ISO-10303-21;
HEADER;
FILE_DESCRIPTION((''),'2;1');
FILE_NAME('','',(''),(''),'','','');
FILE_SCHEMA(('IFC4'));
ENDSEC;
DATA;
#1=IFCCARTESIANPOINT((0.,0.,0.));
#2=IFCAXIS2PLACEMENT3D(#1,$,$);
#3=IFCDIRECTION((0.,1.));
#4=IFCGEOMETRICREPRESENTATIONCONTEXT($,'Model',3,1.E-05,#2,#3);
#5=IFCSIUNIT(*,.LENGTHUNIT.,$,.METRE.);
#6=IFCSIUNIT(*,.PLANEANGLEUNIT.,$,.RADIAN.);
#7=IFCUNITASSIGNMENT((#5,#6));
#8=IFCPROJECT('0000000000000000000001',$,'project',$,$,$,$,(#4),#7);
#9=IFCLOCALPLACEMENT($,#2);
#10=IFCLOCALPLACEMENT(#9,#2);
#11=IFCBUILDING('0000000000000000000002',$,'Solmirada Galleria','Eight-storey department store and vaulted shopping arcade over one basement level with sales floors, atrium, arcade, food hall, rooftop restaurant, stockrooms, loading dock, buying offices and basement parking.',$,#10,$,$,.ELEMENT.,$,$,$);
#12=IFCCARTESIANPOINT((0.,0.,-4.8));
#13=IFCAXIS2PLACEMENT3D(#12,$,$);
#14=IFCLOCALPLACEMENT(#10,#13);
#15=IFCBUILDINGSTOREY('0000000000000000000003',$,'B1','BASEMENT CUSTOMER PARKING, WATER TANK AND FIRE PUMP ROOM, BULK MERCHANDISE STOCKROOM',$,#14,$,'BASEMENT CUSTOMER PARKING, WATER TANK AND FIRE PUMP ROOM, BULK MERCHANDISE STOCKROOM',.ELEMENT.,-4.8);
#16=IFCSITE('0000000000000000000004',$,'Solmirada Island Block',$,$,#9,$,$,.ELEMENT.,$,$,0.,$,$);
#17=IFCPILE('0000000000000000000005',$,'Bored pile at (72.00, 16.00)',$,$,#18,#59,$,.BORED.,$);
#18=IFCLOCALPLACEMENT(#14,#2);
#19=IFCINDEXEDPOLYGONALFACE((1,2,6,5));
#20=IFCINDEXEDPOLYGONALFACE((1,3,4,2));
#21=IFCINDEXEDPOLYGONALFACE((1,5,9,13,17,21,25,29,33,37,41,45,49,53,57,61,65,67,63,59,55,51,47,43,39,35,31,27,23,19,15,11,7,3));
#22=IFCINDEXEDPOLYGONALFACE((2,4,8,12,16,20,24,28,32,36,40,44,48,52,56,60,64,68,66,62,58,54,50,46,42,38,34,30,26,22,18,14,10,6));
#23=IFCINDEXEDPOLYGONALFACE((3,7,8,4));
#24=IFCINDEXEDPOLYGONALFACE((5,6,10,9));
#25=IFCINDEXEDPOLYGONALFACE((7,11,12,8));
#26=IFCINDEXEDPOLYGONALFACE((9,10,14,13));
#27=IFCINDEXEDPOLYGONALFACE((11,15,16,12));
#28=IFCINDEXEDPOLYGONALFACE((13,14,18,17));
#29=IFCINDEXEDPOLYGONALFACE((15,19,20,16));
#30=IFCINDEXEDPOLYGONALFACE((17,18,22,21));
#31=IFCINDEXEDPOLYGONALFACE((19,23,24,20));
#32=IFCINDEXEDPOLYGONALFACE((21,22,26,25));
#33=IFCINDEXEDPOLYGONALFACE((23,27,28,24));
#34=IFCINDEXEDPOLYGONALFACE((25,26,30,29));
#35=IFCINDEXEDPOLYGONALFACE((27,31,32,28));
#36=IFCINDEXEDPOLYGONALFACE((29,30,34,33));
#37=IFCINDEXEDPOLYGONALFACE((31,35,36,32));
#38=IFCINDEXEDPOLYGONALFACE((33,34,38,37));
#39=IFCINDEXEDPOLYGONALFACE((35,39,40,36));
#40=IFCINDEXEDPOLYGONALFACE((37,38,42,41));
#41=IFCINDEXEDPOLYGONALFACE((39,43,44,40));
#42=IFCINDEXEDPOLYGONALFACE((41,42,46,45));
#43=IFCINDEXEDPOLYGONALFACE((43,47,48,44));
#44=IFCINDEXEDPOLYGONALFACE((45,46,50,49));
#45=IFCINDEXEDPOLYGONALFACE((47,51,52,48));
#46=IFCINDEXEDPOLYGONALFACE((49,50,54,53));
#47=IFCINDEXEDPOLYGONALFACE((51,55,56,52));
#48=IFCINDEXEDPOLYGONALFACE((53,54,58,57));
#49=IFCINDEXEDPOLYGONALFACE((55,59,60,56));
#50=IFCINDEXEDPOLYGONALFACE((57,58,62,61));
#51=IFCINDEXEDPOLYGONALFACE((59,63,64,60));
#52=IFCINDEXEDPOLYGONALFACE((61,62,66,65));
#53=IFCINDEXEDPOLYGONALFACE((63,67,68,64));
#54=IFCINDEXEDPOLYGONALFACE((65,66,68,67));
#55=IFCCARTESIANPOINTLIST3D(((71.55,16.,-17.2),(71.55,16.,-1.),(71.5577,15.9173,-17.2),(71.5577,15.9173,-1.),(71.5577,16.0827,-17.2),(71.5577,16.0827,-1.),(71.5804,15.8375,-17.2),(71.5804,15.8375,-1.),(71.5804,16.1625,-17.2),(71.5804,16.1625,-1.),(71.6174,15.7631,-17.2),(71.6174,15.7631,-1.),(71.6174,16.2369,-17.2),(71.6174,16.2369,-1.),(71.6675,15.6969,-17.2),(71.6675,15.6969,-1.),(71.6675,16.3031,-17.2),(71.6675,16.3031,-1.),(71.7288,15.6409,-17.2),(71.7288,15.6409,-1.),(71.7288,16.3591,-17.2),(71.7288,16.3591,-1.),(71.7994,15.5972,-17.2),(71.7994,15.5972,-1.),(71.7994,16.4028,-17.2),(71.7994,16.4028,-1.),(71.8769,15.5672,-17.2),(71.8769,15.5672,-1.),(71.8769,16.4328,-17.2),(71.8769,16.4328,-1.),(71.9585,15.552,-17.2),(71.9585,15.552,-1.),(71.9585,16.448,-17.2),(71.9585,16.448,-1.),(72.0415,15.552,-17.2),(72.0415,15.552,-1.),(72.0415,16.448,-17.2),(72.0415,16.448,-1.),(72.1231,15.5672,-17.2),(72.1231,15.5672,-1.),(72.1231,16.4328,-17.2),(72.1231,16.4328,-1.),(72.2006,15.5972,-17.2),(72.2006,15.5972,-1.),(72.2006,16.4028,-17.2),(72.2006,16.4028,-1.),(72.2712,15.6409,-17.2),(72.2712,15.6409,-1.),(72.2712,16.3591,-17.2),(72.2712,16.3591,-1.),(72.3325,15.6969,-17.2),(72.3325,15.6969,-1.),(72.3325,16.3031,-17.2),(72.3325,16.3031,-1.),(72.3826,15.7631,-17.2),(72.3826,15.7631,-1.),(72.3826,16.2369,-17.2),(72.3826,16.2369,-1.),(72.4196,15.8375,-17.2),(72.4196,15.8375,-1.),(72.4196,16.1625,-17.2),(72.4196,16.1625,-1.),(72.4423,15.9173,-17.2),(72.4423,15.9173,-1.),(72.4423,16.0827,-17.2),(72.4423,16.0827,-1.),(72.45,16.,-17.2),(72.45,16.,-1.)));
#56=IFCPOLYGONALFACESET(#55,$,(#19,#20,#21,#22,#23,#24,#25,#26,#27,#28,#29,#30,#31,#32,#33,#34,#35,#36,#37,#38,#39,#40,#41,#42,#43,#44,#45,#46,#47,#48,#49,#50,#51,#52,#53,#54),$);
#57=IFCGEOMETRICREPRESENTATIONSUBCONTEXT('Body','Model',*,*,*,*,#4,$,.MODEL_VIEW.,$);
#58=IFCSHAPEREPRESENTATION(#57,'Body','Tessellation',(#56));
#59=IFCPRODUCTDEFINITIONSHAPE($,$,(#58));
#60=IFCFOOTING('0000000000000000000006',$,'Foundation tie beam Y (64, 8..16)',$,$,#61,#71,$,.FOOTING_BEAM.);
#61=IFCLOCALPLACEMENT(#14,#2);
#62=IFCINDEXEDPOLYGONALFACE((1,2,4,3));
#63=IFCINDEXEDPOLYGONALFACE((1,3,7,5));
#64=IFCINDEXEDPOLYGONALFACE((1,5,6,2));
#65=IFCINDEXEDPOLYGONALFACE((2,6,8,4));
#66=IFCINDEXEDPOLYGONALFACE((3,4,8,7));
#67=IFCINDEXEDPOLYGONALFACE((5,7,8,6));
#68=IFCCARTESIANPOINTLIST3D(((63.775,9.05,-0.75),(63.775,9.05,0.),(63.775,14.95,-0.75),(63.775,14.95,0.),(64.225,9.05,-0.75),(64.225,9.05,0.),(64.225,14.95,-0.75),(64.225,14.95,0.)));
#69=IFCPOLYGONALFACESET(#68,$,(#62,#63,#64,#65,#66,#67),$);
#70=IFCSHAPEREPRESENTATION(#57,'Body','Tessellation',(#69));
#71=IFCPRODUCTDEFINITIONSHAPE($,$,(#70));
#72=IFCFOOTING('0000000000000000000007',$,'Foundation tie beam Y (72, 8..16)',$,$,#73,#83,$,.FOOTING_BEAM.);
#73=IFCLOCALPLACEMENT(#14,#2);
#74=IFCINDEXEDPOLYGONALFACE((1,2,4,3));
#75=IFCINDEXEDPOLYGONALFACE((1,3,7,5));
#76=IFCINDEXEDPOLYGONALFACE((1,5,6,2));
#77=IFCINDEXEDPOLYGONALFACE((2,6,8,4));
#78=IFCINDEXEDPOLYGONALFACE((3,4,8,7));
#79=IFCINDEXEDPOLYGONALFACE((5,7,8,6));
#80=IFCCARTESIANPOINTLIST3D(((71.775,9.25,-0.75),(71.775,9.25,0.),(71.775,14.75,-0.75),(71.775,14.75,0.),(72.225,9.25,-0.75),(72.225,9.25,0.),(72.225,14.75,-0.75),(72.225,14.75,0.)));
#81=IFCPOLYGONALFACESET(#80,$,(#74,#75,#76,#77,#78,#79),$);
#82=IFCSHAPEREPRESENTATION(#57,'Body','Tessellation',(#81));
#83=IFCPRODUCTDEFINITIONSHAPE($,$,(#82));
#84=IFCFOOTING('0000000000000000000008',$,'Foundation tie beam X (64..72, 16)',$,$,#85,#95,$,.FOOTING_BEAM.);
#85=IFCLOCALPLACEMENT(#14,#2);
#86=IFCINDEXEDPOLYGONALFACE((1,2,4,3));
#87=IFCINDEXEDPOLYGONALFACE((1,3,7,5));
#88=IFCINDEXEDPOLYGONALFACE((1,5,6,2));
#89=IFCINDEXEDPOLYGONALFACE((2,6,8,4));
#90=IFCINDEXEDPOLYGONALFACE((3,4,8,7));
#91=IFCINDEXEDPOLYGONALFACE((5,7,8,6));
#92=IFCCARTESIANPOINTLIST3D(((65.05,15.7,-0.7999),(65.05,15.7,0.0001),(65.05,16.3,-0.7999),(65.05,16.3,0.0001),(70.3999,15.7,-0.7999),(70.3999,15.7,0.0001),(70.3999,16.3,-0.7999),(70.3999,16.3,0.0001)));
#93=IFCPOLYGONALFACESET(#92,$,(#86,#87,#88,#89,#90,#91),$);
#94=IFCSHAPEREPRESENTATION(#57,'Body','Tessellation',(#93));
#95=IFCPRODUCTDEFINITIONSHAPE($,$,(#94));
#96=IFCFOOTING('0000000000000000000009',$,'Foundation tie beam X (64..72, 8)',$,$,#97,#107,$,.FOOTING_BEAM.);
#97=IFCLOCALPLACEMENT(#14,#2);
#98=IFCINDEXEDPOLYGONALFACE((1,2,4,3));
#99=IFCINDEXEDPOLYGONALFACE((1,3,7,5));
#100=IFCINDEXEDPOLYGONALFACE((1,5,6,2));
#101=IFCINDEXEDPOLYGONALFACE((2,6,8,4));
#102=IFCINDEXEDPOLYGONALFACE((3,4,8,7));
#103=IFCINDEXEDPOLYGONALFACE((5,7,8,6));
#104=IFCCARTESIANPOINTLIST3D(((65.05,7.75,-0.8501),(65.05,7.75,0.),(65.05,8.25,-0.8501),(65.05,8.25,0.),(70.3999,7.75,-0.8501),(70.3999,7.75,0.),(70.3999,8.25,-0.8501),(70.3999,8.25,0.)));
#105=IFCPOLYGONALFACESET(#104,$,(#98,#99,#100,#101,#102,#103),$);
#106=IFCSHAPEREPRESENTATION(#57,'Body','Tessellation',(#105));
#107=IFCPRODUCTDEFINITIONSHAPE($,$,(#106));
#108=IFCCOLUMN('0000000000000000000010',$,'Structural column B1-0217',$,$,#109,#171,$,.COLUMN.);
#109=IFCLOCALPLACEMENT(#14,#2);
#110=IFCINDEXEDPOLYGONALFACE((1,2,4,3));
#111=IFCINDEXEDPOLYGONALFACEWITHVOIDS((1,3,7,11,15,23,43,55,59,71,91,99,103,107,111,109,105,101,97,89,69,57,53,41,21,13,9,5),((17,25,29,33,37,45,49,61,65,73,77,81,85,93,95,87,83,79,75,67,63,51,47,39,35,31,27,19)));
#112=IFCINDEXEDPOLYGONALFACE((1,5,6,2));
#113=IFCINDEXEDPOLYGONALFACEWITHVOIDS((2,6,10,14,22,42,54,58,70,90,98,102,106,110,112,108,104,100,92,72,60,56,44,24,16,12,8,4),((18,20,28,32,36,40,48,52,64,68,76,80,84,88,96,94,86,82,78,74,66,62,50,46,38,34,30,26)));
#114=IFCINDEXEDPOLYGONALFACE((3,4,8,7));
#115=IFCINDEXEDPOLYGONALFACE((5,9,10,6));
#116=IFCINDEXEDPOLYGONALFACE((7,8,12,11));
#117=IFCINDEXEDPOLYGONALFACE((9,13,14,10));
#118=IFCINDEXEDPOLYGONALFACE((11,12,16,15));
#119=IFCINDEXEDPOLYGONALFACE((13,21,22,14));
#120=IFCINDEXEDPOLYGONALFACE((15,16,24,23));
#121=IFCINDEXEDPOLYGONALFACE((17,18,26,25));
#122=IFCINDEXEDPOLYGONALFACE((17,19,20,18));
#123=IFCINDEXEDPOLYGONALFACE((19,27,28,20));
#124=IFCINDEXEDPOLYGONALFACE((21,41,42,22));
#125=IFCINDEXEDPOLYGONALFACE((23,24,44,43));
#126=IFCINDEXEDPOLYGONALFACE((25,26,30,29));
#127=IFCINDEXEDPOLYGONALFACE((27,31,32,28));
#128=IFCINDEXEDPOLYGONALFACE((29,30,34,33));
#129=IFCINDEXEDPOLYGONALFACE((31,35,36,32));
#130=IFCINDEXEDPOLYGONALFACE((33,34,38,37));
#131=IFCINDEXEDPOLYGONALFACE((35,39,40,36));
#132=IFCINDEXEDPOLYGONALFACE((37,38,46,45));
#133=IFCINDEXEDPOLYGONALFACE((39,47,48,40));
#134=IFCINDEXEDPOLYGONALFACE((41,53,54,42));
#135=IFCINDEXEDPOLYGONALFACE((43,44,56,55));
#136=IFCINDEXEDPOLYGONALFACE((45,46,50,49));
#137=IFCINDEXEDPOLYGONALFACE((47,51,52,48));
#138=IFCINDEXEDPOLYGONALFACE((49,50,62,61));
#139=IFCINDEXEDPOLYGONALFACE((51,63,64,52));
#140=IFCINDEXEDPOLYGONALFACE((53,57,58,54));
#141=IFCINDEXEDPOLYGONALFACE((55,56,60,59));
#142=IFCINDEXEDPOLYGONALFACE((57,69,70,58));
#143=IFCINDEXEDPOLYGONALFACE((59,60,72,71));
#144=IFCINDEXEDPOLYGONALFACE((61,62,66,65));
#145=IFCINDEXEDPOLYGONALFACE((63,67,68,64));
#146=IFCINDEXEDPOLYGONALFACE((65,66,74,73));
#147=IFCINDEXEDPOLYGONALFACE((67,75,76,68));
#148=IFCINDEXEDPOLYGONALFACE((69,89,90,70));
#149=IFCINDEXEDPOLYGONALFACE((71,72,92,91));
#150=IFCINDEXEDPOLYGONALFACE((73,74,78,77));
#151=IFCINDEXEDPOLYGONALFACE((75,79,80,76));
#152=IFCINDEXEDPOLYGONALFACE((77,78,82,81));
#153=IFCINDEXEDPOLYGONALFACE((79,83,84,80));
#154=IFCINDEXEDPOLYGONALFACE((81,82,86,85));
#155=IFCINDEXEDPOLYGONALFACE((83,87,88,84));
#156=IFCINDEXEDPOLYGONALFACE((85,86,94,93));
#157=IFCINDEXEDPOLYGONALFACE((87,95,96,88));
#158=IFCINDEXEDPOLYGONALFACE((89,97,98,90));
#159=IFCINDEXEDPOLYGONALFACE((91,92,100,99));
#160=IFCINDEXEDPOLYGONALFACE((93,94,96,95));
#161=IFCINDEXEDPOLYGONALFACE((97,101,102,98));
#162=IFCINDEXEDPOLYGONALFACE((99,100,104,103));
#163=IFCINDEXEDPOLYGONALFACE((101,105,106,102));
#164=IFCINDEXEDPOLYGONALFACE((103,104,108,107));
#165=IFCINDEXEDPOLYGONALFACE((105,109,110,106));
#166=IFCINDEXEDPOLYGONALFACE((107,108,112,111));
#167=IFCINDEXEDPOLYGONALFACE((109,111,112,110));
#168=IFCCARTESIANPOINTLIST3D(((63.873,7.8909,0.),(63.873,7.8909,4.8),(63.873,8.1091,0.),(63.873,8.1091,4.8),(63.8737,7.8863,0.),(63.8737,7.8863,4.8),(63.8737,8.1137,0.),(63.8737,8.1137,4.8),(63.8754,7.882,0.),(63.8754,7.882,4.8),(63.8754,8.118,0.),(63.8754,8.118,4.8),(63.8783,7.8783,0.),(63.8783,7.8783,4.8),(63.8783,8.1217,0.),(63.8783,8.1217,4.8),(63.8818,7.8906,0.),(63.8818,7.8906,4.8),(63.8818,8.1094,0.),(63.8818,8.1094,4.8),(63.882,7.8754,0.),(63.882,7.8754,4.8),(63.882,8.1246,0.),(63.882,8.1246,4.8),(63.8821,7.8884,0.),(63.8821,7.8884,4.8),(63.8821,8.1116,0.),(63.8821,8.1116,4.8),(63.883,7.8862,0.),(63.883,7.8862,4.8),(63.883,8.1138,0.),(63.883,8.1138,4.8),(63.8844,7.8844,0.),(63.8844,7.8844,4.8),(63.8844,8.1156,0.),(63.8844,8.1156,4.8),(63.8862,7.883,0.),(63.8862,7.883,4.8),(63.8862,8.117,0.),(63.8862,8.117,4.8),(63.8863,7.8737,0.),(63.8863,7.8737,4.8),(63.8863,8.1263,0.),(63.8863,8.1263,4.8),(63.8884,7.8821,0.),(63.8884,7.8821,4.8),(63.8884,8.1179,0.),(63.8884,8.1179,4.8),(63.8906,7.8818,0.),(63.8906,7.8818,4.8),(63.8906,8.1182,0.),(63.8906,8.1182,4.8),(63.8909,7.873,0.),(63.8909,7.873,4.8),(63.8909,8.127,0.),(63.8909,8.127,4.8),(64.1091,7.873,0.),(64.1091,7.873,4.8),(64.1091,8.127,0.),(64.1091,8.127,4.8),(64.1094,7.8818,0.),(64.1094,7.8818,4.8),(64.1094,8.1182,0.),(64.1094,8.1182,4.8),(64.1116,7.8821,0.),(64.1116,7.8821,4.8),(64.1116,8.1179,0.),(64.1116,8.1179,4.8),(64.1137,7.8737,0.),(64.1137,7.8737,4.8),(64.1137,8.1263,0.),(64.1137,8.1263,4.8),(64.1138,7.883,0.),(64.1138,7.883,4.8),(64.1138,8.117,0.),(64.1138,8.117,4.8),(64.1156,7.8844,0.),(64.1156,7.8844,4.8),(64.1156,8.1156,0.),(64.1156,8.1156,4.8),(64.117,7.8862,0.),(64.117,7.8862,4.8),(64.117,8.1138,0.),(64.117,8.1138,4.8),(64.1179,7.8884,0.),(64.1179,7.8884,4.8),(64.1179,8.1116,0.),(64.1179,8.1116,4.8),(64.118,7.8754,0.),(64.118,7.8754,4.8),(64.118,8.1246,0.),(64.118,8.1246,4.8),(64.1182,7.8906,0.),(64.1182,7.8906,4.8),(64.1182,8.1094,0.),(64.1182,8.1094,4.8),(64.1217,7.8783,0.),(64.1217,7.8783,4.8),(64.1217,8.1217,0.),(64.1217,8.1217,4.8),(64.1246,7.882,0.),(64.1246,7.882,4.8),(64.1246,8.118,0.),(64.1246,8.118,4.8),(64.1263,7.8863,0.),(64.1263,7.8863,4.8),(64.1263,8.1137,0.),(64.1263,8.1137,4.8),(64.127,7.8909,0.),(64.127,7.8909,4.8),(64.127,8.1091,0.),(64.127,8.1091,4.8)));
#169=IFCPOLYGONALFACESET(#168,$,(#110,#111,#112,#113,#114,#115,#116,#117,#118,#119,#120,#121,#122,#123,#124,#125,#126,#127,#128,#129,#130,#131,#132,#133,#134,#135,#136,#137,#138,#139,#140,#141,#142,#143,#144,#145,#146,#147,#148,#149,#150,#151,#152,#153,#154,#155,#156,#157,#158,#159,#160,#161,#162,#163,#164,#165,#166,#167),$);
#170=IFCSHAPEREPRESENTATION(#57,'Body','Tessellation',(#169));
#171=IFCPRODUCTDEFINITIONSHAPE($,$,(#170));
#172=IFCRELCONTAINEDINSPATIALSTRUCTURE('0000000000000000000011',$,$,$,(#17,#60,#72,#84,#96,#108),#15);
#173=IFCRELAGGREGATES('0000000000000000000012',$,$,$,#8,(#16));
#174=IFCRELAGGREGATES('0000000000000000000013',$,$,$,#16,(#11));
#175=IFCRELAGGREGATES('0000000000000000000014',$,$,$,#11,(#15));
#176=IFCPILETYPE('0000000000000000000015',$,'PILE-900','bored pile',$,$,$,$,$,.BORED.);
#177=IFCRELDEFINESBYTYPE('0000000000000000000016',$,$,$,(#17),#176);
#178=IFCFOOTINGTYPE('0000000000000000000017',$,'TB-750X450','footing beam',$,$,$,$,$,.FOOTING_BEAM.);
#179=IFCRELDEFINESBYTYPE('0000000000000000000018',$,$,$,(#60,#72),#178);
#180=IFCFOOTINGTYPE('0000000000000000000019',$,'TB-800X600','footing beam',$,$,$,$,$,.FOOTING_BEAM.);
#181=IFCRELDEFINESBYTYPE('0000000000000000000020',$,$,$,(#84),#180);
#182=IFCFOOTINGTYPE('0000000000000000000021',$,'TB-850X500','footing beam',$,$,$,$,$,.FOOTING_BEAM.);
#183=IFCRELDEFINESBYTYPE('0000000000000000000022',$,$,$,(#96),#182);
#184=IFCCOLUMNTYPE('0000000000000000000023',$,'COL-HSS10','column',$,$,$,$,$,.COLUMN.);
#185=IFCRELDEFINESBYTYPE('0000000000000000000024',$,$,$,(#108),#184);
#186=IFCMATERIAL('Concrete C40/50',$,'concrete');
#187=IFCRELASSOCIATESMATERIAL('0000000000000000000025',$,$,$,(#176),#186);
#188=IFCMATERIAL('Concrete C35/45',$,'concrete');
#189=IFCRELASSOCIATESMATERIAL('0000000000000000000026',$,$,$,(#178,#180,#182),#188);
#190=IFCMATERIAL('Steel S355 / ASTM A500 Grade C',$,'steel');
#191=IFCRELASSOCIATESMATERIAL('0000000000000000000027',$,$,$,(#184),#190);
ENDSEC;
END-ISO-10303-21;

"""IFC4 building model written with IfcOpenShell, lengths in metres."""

from ifc_helpers import new_model, si_unit, direction, frame, origin, origin_2d, place, context, subcontext, project, spatial, rectangle, hollow_rectangle, circle, extrude, material, material_profile, profile_set, type_object, element, save


model = new_model("IFC4")

# Units and contexts
model_context = context("Model", 3, precision=1e-05, world=origin(), true_north=direction((0.0, 1.0)))
body_context = subcontext(model_context, "Body", "Model", "MODEL_VIEW")
ifc_project = project(units=[si_unit("LENGTHUNIT", "METRE"), si_unit("PLANEANGLEUNIT", "RADIAN")], contexts=[model_context])

# Site, building, storey
site_placement = place(None, origin())
site = spatial("IfcSite", under=ifc_project, at=site_placement, Name="Solmirada Island Block", CompositionType="ELEMENT", RefElevation=0.0)
building_placement = place(site_placement, origin())
building = spatial("IfcBuilding", under=site, at=building_placement, Name="Solmirada Galleria", Description="Eight-storey department store and vaulted shopping arcade over one basement level with sales floors, atrium, arcade, food hall, rooftop restaurant, stockrooms, loading dock, buying offices and basement parking.", CompositionType="ELEMENT")
storey_placement = place(building_placement, frame((0.0, 0.0, -4.8)))
storey = spatial("IfcBuildingStorey", under=building, at=storey_placement, Name="B1", Description="BASEMENT CUSTOMER PARKING, WATER TANK AND FIRE PUMP ROOM, BULK MERCHANDISE STOCKROOM", LongName="BASEMENT CUSTOMER PARKING, WATER TANK AND FIRE PUMP ROOM, BULK MERCHANDISE STOCKROOM", CompositionType="ELEMENT", Elevation=-4.8)

# Shared definitions
ifc_material_1 = material(Name="Concrete C35/45", Category="concrete")

# Pile
ifc_material_2 = material(Name="Concrete C40/50", Category="concrete")
ifc_material_profile_1 = material_profile(ifc_material_2, circle(Radius=0.45, at=origin_2d()), Name="PILE900")
ifc_profile_set_1 = profile_set([ifc_material_profile_1], Name="Concrete C40/50")
pile_type = type_object("IfcPileType", Name="PILE-900", Description="bored pile", PredefinedType="BORED", material=ifc_profile_set_1)
for number, where, z_axis, x_axis, name in (
    (1, (72.0, 16.0, -1.0), (0.0, 0.0, -1.0), (1.0, 0.0, 0.0), "Bored pile at (72.00, 16.00)"),
):
    element("IfcPile", number, at=place(storey_placement, frame(where, z_axis=z_axis, x_axis=x_axis)), inside=storey, type_object=pile_type, Name=name, PredefinedType="BORED", context=body_context, shape_type="SweptSolid", body=[
        extrude(circle(Radius=0.45, at=origin_2d()), origin(), (0.0, 0.0, 1.0), 16.2),
    ])

# Footings
ifc_material_profile_2 = material_profile(ifc_material_1, rectangle(XDim=0.45, YDim=0.75, at=origin_2d()), Name="RC750X450")
ifc_profile_set_2 = profile_set([ifc_material_profile_2], Name="Concrete C35/45")
footing_type_1 = type_object("IfcFootingType", Name="TB-750X450", Description="footing beam", PredefinedType="FOOTING_BEAM", material=ifc_profile_set_2)
footing_1_placement = place(storey_placement, frame((64.0, 9.05, -0.375), z_axis=(0.0, 1.0, 0.0), x_axis=(-1.0, 0.0, 0.0)))
element("IfcFooting", 2, at=footing_1_placement, inside=storey, type_object=footing_type_1, Name="Foundation tie beam Y (64, 8..16)", PredefinedType="FOOTING_BEAM", context=body_context, shape_type="SweptSolid", body=[
    extrude(rectangle(XDim=0.45, YDim=0.75, at=origin_2d()), origin(), (0.0, 0.0, 1.0), 5.8999),
])
footing_2_placement = place(storey_placement, frame((72.0, 9.25, -0.375), z_axis=(0.0, 1.0, 0.0), x_axis=(-1.0, 0.0, 0.0)))
element("IfcFooting", 3, at=footing_2_placement, inside=storey, type_object=footing_type_1, Name="Foundation tie beam Y (72, 8..16)", PredefinedType="FOOTING_BEAM", context=body_context, shape_type="SweptSolid", body=[
    extrude(rectangle(XDim=0.45, YDim=0.75, at=origin_2d()), origin(), (0.0, 0.0, 1.0), 5.5),
])
ifc_material_profile_3 = material_profile(ifc_material_1, rectangle(XDim=0.6001, YDim=0.8, at=origin_2d()), Name="RC800X600")
ifc_profile_set_3 = profile_set([ifc_material_profile_3], Name="Concrete C35/45")
footing_type_2 = type_object("IfcFootingType", Name="TB-800X600", Description="footing beam", PredefinedType="FOOTING_BEAM", material=ifc_profile_set_3)
footing_3_placement = place(storey_placement, frame((65.05, 16.0, -0.3999), z_axis=(1.0, 0.0, 0.0), x_axis=(0.0, 1.0, 0.0)))
element("IfcFooting", 4, at=footing_3_placement, inside=storey, type_object=footing_type_2, Name="Foundation tie beam X (64..72, 16)", PredefinedType="FOOTING_BEAM", context=body_context, shape_type="SweptSolid", body=[
    extrude(rectangle(XDim=0.6001, YDim=0.8, at=origin_2d()), origin(), (0.0, 0.0, 1.0), 5.3499),
])
ifc_material_profile_4 = material_profile(ifc_material_1, rectangle(XDim=0.5, YDim=0.8501, at=origin_2d()), Name="RC850X500")
ifc_profile_set_4 = profile_set([ifc_material_profile_4], Name="Concrete C35/45")
footing_type_3 = type_object("IfcFootingType", Name="TB-850X500", Description="footing beam", PredefinedType="FOOTING_BEAM", material=ifc_profile_set_4)
footing_4_placement = place(storey_placement, frame((65.05, 8.0, -0.425), z_axis=(1.0, 0.0, 0.0), x_axis=(0.0, 1.0, 0.0)))
element("IfcFooting", 5, at=footing_4_placement, inside=storey, type_object=footing_type_3, Name="Foundation tie beam X (64..72, 8)", PredefinedType="FOOTING_BEAM", context=body_context, shape_type="SweptSolid", body=[
    extrude(rectangle(XDim=0.5, YDim=0.8501, at=origin_2d()), origin(), (0.0, 0.0, 1.0), 5.3499),
])

# Column
ifc_material_3 = material(Name="Steel S355 / ASTM A500 Grade C", Category="steel")
ifc_material_profile_5 = material_profile(ifc_material_3, hollow_rectangle(XDim=0.2539, YDim=0.2539, WallThickness=0.0088, InnerFilletRadius=0.0088, OuterFilletRadius=0.0178, at=origin_2d()), Name="HSS10X10X3/8")
ifc_profile_set_5 = profile_set([ifc_material_profile_5], Name="Steel S355 / ASTM A500 Grade C")
column_type = type_object("IfcColumnType", Name="COL-HSS10", Description="column", PredefinedType="COLUMN", material=ifc_profile_set_5)
for number, where, z_axis, x_axis, name in (
    (6, (64.0, 8.0, 0.0), (0.0, 0.0, 1.0), (1.0, 0.0, 0.0), "Structural column B1-0217"),
):
    element("IfcColumn", number, at=place(storey_placement, frame(where, z_axis=z_axis, x_axis=x_axis)), inside=storey, type_object=column_type, Name=name, PredefinedType="COLUMN", context=body_context, shape_type="SweptSolid", body=[
        extrude(hollow_rectangle(XDim=0.2539, YDim=0.2539, WallThickness=0.0088, InnerFilletRadius=0.0088, OuterFilletRadius=0.0178, at=origin_2d()), origin(), (0.0, 0.0, 1.0), 4.8),
    ])

save(model, "model.ifc")
